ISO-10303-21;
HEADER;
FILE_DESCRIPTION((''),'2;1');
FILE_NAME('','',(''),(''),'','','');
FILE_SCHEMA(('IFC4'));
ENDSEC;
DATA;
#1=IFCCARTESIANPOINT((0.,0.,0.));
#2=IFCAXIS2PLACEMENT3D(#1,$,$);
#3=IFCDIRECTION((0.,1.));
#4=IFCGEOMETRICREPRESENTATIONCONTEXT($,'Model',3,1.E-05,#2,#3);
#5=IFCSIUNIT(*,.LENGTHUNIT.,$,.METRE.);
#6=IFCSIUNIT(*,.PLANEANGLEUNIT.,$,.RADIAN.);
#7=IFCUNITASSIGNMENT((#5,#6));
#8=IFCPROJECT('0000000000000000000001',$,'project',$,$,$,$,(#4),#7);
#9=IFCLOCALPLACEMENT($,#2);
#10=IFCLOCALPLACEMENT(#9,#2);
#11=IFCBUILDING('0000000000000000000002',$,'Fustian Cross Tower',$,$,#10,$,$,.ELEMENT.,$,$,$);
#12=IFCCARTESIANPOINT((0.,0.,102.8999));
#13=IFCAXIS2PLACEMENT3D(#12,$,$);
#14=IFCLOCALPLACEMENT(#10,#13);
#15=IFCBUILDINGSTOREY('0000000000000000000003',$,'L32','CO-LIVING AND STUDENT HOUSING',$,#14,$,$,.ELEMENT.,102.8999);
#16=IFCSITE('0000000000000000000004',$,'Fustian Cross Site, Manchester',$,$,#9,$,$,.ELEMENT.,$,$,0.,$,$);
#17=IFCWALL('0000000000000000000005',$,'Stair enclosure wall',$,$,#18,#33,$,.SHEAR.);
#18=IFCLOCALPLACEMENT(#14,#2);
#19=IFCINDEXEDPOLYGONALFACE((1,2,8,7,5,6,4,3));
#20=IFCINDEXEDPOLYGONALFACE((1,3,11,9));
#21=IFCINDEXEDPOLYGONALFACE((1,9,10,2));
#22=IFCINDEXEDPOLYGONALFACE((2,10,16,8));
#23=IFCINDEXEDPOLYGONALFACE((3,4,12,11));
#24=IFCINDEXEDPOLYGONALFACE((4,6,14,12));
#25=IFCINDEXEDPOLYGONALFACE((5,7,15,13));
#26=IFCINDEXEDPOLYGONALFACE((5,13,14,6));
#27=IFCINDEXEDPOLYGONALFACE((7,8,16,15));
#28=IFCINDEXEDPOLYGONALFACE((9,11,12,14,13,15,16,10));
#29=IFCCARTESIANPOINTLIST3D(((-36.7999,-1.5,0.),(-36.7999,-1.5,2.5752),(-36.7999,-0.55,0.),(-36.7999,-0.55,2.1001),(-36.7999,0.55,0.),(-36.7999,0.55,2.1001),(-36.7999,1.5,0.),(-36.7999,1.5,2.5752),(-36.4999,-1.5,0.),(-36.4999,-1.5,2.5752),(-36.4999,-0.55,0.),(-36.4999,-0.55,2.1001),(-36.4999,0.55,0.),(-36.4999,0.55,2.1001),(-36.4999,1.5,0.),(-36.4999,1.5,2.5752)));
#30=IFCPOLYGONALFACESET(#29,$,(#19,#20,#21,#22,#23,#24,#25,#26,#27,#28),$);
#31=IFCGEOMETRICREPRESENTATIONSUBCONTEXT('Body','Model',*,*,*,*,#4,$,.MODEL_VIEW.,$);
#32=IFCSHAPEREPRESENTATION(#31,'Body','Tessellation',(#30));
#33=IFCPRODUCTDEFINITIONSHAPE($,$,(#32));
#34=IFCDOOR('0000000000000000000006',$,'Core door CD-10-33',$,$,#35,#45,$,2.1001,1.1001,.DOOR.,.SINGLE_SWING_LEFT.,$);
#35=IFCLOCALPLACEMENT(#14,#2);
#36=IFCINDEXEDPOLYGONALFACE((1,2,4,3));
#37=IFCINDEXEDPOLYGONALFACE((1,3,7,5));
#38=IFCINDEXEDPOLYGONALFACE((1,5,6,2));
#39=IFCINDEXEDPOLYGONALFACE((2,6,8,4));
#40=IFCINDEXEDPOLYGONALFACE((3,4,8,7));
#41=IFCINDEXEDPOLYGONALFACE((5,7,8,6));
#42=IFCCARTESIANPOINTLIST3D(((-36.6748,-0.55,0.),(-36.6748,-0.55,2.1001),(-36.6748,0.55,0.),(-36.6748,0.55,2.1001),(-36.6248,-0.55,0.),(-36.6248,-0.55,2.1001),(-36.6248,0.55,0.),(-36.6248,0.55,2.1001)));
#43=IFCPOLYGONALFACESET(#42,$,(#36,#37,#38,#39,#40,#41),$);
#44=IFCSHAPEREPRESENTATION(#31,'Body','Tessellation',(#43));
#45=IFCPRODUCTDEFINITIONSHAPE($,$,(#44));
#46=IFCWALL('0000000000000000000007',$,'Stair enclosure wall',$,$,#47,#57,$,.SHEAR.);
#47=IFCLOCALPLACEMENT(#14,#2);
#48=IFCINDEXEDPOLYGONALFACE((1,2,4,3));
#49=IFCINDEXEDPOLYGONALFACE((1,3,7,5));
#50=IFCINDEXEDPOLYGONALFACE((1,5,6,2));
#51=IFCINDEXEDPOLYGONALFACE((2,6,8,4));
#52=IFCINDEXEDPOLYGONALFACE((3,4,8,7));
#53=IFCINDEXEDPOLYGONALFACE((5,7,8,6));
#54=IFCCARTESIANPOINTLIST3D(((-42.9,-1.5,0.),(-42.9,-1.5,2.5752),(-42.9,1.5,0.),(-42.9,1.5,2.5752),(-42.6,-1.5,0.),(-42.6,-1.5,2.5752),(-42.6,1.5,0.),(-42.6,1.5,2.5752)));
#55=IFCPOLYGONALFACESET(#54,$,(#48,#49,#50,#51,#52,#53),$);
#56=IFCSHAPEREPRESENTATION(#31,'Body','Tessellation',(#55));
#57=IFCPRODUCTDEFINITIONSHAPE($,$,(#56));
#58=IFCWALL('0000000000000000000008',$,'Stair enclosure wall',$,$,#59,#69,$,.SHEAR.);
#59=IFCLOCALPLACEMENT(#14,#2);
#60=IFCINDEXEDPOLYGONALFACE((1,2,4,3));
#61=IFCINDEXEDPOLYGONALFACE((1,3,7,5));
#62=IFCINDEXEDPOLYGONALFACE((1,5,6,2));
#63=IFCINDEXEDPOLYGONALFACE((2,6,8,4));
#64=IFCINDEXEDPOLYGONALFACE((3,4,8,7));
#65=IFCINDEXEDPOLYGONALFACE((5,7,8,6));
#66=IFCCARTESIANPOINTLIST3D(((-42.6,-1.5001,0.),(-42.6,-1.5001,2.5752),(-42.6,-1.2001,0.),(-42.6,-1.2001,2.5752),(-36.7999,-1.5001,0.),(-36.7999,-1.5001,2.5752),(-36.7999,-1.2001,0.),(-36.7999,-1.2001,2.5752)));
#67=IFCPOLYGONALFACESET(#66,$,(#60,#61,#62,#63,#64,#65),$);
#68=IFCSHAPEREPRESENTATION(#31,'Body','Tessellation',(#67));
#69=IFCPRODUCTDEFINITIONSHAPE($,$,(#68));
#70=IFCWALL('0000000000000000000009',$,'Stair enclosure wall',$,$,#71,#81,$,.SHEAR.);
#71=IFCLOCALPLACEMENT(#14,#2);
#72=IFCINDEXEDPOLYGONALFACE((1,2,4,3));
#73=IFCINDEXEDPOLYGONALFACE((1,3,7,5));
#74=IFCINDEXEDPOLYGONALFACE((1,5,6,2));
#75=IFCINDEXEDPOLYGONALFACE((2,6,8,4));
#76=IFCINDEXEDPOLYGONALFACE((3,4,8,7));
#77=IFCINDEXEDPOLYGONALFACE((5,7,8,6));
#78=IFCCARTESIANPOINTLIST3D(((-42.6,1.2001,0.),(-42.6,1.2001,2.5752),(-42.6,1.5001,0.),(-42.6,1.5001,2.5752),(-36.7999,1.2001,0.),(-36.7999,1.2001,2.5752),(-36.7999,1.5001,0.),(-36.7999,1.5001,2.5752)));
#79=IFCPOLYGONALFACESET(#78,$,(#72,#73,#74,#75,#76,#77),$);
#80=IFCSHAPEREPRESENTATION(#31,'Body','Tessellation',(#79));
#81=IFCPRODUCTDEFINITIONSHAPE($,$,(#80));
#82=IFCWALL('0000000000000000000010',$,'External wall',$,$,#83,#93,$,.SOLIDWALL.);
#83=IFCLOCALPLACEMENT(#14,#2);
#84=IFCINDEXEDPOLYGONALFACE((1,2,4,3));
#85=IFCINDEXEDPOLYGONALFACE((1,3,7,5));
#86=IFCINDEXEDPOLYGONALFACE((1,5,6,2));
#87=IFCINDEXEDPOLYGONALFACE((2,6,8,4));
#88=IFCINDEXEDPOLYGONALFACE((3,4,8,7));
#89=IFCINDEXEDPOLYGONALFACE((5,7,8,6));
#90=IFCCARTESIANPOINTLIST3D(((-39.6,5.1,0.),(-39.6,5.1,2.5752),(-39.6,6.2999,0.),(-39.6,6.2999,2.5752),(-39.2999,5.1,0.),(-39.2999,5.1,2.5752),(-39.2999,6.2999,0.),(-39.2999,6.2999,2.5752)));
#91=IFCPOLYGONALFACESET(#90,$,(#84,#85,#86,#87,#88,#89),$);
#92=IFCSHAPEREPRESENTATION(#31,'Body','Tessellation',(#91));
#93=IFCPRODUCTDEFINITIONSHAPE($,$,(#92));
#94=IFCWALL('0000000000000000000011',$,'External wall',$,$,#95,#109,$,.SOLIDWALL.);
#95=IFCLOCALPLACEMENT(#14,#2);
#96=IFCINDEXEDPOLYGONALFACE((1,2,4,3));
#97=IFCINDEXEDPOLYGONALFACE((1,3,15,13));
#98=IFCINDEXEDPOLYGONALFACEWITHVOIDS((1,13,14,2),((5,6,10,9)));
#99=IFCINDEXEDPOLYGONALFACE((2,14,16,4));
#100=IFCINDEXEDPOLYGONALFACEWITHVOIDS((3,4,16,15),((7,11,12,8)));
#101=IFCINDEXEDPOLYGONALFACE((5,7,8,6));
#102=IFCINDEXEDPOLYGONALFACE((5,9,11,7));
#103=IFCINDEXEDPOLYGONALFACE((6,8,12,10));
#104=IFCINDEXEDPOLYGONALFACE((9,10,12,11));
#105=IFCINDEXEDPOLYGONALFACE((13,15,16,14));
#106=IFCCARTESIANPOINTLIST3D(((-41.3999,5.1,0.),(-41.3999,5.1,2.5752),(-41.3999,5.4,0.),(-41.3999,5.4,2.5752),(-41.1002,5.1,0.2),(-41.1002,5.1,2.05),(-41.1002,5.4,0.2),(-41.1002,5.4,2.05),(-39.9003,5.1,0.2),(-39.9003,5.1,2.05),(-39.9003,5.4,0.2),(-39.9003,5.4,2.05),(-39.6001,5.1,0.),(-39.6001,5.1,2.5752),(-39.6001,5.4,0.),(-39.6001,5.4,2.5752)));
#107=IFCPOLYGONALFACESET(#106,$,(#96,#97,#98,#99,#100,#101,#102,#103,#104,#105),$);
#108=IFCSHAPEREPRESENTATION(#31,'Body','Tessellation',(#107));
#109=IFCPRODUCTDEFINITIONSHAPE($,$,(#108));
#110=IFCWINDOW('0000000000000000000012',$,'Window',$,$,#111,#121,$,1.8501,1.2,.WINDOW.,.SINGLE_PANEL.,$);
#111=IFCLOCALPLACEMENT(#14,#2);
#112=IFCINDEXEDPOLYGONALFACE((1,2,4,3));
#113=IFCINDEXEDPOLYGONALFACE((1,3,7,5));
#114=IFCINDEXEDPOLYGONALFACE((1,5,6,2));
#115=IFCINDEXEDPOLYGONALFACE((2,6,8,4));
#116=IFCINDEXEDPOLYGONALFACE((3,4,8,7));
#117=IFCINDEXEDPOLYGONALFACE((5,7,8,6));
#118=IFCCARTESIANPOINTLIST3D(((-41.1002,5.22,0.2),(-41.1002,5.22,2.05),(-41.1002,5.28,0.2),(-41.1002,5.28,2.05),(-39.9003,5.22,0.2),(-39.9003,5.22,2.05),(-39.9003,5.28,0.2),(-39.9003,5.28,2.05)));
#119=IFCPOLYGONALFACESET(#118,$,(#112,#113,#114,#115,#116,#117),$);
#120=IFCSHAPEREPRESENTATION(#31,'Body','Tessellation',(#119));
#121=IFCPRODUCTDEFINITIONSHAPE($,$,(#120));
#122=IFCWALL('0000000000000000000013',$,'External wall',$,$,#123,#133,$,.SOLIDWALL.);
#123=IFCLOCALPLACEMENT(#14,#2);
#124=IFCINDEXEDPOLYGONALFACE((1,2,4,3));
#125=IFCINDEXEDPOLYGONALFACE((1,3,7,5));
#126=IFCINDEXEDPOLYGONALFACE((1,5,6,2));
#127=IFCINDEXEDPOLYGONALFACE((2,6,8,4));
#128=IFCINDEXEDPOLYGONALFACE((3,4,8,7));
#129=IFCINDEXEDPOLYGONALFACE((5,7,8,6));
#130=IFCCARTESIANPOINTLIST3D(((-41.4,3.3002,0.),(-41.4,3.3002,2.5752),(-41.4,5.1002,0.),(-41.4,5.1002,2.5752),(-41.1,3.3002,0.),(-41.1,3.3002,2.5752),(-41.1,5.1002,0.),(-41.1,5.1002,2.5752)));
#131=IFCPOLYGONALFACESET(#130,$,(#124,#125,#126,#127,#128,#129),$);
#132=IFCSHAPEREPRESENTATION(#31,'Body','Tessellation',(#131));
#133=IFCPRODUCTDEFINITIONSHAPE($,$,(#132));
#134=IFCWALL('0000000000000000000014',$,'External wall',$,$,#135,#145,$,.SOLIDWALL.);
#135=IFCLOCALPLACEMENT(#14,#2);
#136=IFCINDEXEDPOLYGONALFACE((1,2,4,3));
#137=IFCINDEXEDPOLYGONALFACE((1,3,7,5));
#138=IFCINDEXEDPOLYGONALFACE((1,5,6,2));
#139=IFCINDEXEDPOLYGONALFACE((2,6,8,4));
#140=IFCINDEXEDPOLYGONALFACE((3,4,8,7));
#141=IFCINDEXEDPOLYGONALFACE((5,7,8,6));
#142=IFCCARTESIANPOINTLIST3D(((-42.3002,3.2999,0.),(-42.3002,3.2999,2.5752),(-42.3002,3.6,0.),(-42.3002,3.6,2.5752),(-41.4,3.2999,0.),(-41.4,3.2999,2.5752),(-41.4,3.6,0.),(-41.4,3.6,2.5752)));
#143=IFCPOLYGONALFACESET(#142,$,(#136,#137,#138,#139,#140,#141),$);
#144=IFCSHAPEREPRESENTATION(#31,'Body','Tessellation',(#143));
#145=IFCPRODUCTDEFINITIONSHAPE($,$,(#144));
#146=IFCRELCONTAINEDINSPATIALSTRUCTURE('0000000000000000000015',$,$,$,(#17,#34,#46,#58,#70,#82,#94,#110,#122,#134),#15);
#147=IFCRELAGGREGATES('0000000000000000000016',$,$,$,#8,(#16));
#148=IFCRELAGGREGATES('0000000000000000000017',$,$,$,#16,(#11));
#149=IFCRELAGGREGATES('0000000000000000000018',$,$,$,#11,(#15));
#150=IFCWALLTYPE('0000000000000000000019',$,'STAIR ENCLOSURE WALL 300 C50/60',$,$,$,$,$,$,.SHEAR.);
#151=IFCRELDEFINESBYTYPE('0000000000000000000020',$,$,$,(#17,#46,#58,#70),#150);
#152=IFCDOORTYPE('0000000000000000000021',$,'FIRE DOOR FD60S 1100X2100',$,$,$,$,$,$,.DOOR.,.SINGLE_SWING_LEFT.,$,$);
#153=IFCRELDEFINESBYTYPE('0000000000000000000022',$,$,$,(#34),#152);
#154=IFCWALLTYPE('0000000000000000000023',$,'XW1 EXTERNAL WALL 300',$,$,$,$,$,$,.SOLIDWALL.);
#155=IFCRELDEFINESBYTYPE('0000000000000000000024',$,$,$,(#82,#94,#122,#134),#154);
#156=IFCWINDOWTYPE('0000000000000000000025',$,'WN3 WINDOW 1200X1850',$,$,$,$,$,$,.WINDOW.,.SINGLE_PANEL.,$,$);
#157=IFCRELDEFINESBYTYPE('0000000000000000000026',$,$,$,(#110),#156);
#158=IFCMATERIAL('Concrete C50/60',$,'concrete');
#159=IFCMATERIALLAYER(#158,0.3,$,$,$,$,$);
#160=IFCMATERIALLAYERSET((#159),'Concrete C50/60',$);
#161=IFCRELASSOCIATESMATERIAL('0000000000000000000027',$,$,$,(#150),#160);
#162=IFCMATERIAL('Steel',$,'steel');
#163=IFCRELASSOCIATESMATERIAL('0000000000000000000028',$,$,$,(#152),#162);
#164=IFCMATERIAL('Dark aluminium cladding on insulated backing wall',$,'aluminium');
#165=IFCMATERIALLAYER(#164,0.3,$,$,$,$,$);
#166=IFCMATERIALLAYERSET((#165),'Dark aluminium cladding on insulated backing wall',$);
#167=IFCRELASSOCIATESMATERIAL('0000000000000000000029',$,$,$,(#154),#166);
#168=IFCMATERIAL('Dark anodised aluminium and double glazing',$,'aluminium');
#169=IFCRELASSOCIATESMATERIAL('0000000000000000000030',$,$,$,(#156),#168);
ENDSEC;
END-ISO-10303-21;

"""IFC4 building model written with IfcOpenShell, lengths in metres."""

from ifc_helpers import new_model, si_unit, direction, frame, frame_2d, origin, place, context, subcontext, project, spatial, rectangle, extrude, material, layer, layer_set, type_object, element, fill, save


model = new_model("IFC4")

# Units and contexts
model_context = context("Model", 3, precision=1e-05, world=origin(), true_north=direction((0.0, 1.0)))
body_context = subcontext(model_context, "Body", "Model", "MODEL_VIEW")
ifc_project = project(units=[si_unit("LENGTHUNIT", "METRE"), si_unit("PLANEANGLEUNIT", "RADIAN")], contexts=[model_context])

# Site, building, storey
site_placement = place(None, origin())
site = spatial("IfcSite", under=ifc_project, at=site_placement, Name="Fustian Cross Site, Manchester", CompositionType="ELEMENT", RefElevation=0.0)
building_placement = place(site_placement, origin())
building = spatial("IfcBuilding", under=site, at=building_placement, Name="Fustian Cross Tower", CompositionType="ELEMENT")
storey_placement = place(building_placement, frame((0.0, 0.0, 102.8999)))
storey = spatial("IfcBuildingStorey", under=building, at=storey_placement, Name="L32", Description="CO-LIVING AND STUDENT HOUSING", CompositionType="ELEMENT", Elevation=102.8999)

# Wall, opening, door
ifc_material_1 = material(Name="Concrete C50/60", Category="concrete")
ifc_layer_1 = layer(ifc_material_1, 0.3)
ifc_layer_set_1 = layer_set([ifc_layer_1], Name="Concrete C50/60")
wall_type_1 = type_object("IfcWallType", Name="STAIR ENCLOSURE WALL 300 C50/60", PredefinedType="SHEAR", material=ifc_layer_set_1)
wall_1_placement = place(storey_placement, frame((-36.6499, -1.5, 0.0), z_axis=(0.0, 0.0, 1.0), x_axis=(0.0, 1.0, 0.0)))
wall_1 = element("IfcWall", 1, at=wall_1_placement, inside=storey, type_object=wall_type_1, Name="Stair enclosure wall", PredefinedType="SHEAR", context=body_context, shape_type="SweptSolid", body=[
    extrude(rectangle(XDim=3.0, YDim=0.3, at=frame_2d((1.5, 0.0))), origin(), (0.0, 0.0, 1.0), 2.5752),
])
opening_1_placement = place(wall_1_placement, frame((0.95, 0.0, 0.0)))
opening_1 = element("IfcOpeningElement", 2, at=opening_1_placement, cuts=wall_1, PredefinedType="OPENING", context=body_context, shape_type="SweptSolid", body=[
    extrude(rectangle(XDim=1.1001, YDim=2.1001, at=frame_2d((0.55, 1.05))), frame((0.0, 0.1599, 0.0), z_axis=(0.0, -1.0, 0.0), x_axis=(1.0, 0.0, 0.0)), (0.0, 0.0, 1.0), 0.3201),
])
ifc_material_2 = material(Name="Steel", Category="steel")
door_type = type_object("IfcDoorType", Name="FIRE DOOR FD60S 1100X2100", OperationType="SINGLE_SWING_LEFT", PredefinedType="DOOR", material=ifc_material_2)
door_placement = place(opening_1_placement, origin())
door = element("IfcDoor", 3, at=door_placement, inside=storey, type_object=door_type, Name="Core door CD-10-33", OperationType="SINGLE_SWING_LEFT", OverallHeight=2.1001, OverallWidth=1.1001, PredefinedType="DOOR", context=body_context, shape_type="SweptSolid", body=[
    extrude(rectangle(XDim=1.1001, YDim=2.1001, at=frame_2d((0.55, 1.05))), frame((0.0, 0.0249, 0.0), z_axis=(0.0, -1.0, 0.0), x_axis=(1.0, 0.0, 0.0)), (0.0, 0.0, 1.0), 0.05),
])
fill(opening_1, door)

# Walls
wall_2_placement = place(storey_placement, frame((-42.75, -1.5, 0.0), z_axis=(0.0, 0.0, 1.0), x_axis=(0.0, 1.0, 0.0)))
element("IfcWall", 4, at=wall_2_placement, inside=storey, type_object=wall_type_1, Name="Stair enclosure wall", PredefinedType="SHEAR", context=body_context, shape_type="SweptSolid", body=[
    extrude(rectangle(XDim=3.0, YDim=0.3, at=frame_2d((1.5, 0.0))), origin(), (0.0, 0.0, 1.0), 2.5752),
])
for number, where, z_axis, x_axis, name in (
    (5, (-36.8, -1.3501, 0.0), (0.0, 0.0, 1.0), (-1.0, 0.0, 0.0), "Stair enclosure wall"),
    (6, (-36.8, 1.3501, 0.0), (0.0, 0.0, 1.0), (-1.0, 0.0, 0.0), "Stair enclosure wall"),
):
    element("IfcWall", number, at=place(storey_placement, frame(where, z_axis=z_axis, x_axis=x_axis)), inside=storey, type_object=wall_type_1, Name=name, PredefinedType="SHEAR", context=body_context, shape_type="SweptSolid", body=[
        extrude(rectangle(XDim=5.8, YDim=0.3, at=frame_2d((2.8999, 0.0))), origin(), (0.0, 0.0, 1.0), 2.5752),
    ])
ifc_material_3 = material(Name="Dark aluminium cladding on insulated backing wall", Category="aluminium")
ifc_layer_2 = layer(ifc_material_3, 0.3)
ifc_layer_set_2 = layer_set([ifc_layer_2], Name="Dark aluminium cladding on insulated backing wall")
wall_type_2 = type_object("IfcWallType", Name="XW1 EXTERNAL WALL 300", PredefinedType="SOLIDWALL", material=ifc_layer_set_2)
wall_3_placement = place(storey_placement, frame((-39.45, 6.3, 0.0), z_axis=(0.0, 0.0, 1.0), x_axis=(0.0, -1.0, 0.0)))
element("IfcWall", 7, at=wall_3_placement, inside=storey, type_object=wall_type_2, Name="External wall", PredefinedType="SOLIDWALL", context=body_context, shape_type="SweptSolid", body=[
    extrude(rectangle(XDim=1.2, YDim=0.3, at=frame_2d((0.6001, 0.0))), origin(), (0.0, 0.0, 1.0), 2.5752),
])

# Wall, opening, window
wall_4_placement = place(storey_placement, frame((-39.6001, 5.25, 0.0), z_axis=(0.0, 0.0, 1.0), x_axis=(-1.0, 0.0, 0.0)))
wall_4 = element("IfcWall", 8, at=wall_4_placement, inside=storey, type_object=wall_type_2, Name="External wall", PredefinedType="SOLIDWALL", context=body_context, shape_type="SweptSolid", body=[
    extrude(rectangle(XDim=1.7998, YDim=0.3, at=frame_2d((0.8999, 0.0))), origin(), (0.0, 0.0, 1.0), 2.5752),
])
opening_2_placement = place(wall_4_placement, frame((0.3, 0.0, 0.2)))
opening_2 = element("IfcOpeningElement", 9, at=opening_2_placement, cuts=wall_4, PredefinedType="OPENING", context=body_context, shape_type="SweptSolid", body=[
    extrude(rectangle(XDim=1.2, YDim=1.8501, at=frame_2d((0.6001, 0.925))), frame((0.0, 0.1599, 0.0), z_axis=(0.0, -1.0, 0.0), x_axis=(1.0, 0.0, 0.0)), (0.0, 0.0, 1.0), 0.3201),
])
ifc_material_4 = material(Name="Dark anodised aluminium and double glazing", Category="aluminium")
window_type_1 = type_object("IfcWindowType", Name="WN3 WINDOW 1200X1850", PartitioningType="SINGLE_PANEL", PredefinedType="WINDOW", material=ifc_material_4)
window_1_placement = place(opening_2_placement, origin())
window_1 = element("IfcWindow", 10, at=window_1_placement, inside=storey, type_object=window_type_1, Name="Window", OverallHeight=1.8501, OverallWidth=1.2, PartitioningType="SINGLE_PANEL", PredefinedType="WINDOW", context=body_context, shape_type="SweptSolid", body=[
    extrude(rectangle(XDim=1.2, YDim=1.8501, at=frame_2d((0.6001, 0.925))), frame((0.0, 0.03, 0.0), z_axis=(0.0, -1.0, 0.0), x_axis=(1.0, 0.0, 0.0)), (0.0, 0.0, 1.0), 0.0601),
])
fill(opening_2, window_1)

# Walls
wall_5_placement = place(storey_placement, frame((-41.25, 5.1001, 0.0), z_axis=(0.0, 0.0, 1.0), x_axis=(0.0, -1.0, 0.0)))
element("IfcWall", 11, at=wall_5_placement, inside=storey, type_object=wall_type_2, Name="External wall", PredefinedType="SOLIDWALL", context=body_context, shape_type="SweptSolid", body=[
    extrude(rectangle(XDim=1.8, YDim=0.3, at=frame_2d((0.8999, 0.0))), origin(), (0.0, 0.0, 1.0), 2.5752),
])
wall_6_placement = place(storey_placement, frame((-41.3999, 3.45, 0.0), z_axis=(0.0, 0.0, 1.0), x_axis=(-1.0, 0.0, 0.0)))
element("IfcWall", 12, at=wall_6_placement, inside=storey, type_object=wall_type_2, Name="External wall", PredefinedType="SOLIDWALL", context=body_context, shape_type="SweptSolid", body=[
    extrude(rectangle(XDim=0.9001, YDim=0.3, at=frame_2d((0.4502, 0.0))), origin(), (0.0, 0.0, 1.0), 2.5752),
])

save(model, "model.ifc")
